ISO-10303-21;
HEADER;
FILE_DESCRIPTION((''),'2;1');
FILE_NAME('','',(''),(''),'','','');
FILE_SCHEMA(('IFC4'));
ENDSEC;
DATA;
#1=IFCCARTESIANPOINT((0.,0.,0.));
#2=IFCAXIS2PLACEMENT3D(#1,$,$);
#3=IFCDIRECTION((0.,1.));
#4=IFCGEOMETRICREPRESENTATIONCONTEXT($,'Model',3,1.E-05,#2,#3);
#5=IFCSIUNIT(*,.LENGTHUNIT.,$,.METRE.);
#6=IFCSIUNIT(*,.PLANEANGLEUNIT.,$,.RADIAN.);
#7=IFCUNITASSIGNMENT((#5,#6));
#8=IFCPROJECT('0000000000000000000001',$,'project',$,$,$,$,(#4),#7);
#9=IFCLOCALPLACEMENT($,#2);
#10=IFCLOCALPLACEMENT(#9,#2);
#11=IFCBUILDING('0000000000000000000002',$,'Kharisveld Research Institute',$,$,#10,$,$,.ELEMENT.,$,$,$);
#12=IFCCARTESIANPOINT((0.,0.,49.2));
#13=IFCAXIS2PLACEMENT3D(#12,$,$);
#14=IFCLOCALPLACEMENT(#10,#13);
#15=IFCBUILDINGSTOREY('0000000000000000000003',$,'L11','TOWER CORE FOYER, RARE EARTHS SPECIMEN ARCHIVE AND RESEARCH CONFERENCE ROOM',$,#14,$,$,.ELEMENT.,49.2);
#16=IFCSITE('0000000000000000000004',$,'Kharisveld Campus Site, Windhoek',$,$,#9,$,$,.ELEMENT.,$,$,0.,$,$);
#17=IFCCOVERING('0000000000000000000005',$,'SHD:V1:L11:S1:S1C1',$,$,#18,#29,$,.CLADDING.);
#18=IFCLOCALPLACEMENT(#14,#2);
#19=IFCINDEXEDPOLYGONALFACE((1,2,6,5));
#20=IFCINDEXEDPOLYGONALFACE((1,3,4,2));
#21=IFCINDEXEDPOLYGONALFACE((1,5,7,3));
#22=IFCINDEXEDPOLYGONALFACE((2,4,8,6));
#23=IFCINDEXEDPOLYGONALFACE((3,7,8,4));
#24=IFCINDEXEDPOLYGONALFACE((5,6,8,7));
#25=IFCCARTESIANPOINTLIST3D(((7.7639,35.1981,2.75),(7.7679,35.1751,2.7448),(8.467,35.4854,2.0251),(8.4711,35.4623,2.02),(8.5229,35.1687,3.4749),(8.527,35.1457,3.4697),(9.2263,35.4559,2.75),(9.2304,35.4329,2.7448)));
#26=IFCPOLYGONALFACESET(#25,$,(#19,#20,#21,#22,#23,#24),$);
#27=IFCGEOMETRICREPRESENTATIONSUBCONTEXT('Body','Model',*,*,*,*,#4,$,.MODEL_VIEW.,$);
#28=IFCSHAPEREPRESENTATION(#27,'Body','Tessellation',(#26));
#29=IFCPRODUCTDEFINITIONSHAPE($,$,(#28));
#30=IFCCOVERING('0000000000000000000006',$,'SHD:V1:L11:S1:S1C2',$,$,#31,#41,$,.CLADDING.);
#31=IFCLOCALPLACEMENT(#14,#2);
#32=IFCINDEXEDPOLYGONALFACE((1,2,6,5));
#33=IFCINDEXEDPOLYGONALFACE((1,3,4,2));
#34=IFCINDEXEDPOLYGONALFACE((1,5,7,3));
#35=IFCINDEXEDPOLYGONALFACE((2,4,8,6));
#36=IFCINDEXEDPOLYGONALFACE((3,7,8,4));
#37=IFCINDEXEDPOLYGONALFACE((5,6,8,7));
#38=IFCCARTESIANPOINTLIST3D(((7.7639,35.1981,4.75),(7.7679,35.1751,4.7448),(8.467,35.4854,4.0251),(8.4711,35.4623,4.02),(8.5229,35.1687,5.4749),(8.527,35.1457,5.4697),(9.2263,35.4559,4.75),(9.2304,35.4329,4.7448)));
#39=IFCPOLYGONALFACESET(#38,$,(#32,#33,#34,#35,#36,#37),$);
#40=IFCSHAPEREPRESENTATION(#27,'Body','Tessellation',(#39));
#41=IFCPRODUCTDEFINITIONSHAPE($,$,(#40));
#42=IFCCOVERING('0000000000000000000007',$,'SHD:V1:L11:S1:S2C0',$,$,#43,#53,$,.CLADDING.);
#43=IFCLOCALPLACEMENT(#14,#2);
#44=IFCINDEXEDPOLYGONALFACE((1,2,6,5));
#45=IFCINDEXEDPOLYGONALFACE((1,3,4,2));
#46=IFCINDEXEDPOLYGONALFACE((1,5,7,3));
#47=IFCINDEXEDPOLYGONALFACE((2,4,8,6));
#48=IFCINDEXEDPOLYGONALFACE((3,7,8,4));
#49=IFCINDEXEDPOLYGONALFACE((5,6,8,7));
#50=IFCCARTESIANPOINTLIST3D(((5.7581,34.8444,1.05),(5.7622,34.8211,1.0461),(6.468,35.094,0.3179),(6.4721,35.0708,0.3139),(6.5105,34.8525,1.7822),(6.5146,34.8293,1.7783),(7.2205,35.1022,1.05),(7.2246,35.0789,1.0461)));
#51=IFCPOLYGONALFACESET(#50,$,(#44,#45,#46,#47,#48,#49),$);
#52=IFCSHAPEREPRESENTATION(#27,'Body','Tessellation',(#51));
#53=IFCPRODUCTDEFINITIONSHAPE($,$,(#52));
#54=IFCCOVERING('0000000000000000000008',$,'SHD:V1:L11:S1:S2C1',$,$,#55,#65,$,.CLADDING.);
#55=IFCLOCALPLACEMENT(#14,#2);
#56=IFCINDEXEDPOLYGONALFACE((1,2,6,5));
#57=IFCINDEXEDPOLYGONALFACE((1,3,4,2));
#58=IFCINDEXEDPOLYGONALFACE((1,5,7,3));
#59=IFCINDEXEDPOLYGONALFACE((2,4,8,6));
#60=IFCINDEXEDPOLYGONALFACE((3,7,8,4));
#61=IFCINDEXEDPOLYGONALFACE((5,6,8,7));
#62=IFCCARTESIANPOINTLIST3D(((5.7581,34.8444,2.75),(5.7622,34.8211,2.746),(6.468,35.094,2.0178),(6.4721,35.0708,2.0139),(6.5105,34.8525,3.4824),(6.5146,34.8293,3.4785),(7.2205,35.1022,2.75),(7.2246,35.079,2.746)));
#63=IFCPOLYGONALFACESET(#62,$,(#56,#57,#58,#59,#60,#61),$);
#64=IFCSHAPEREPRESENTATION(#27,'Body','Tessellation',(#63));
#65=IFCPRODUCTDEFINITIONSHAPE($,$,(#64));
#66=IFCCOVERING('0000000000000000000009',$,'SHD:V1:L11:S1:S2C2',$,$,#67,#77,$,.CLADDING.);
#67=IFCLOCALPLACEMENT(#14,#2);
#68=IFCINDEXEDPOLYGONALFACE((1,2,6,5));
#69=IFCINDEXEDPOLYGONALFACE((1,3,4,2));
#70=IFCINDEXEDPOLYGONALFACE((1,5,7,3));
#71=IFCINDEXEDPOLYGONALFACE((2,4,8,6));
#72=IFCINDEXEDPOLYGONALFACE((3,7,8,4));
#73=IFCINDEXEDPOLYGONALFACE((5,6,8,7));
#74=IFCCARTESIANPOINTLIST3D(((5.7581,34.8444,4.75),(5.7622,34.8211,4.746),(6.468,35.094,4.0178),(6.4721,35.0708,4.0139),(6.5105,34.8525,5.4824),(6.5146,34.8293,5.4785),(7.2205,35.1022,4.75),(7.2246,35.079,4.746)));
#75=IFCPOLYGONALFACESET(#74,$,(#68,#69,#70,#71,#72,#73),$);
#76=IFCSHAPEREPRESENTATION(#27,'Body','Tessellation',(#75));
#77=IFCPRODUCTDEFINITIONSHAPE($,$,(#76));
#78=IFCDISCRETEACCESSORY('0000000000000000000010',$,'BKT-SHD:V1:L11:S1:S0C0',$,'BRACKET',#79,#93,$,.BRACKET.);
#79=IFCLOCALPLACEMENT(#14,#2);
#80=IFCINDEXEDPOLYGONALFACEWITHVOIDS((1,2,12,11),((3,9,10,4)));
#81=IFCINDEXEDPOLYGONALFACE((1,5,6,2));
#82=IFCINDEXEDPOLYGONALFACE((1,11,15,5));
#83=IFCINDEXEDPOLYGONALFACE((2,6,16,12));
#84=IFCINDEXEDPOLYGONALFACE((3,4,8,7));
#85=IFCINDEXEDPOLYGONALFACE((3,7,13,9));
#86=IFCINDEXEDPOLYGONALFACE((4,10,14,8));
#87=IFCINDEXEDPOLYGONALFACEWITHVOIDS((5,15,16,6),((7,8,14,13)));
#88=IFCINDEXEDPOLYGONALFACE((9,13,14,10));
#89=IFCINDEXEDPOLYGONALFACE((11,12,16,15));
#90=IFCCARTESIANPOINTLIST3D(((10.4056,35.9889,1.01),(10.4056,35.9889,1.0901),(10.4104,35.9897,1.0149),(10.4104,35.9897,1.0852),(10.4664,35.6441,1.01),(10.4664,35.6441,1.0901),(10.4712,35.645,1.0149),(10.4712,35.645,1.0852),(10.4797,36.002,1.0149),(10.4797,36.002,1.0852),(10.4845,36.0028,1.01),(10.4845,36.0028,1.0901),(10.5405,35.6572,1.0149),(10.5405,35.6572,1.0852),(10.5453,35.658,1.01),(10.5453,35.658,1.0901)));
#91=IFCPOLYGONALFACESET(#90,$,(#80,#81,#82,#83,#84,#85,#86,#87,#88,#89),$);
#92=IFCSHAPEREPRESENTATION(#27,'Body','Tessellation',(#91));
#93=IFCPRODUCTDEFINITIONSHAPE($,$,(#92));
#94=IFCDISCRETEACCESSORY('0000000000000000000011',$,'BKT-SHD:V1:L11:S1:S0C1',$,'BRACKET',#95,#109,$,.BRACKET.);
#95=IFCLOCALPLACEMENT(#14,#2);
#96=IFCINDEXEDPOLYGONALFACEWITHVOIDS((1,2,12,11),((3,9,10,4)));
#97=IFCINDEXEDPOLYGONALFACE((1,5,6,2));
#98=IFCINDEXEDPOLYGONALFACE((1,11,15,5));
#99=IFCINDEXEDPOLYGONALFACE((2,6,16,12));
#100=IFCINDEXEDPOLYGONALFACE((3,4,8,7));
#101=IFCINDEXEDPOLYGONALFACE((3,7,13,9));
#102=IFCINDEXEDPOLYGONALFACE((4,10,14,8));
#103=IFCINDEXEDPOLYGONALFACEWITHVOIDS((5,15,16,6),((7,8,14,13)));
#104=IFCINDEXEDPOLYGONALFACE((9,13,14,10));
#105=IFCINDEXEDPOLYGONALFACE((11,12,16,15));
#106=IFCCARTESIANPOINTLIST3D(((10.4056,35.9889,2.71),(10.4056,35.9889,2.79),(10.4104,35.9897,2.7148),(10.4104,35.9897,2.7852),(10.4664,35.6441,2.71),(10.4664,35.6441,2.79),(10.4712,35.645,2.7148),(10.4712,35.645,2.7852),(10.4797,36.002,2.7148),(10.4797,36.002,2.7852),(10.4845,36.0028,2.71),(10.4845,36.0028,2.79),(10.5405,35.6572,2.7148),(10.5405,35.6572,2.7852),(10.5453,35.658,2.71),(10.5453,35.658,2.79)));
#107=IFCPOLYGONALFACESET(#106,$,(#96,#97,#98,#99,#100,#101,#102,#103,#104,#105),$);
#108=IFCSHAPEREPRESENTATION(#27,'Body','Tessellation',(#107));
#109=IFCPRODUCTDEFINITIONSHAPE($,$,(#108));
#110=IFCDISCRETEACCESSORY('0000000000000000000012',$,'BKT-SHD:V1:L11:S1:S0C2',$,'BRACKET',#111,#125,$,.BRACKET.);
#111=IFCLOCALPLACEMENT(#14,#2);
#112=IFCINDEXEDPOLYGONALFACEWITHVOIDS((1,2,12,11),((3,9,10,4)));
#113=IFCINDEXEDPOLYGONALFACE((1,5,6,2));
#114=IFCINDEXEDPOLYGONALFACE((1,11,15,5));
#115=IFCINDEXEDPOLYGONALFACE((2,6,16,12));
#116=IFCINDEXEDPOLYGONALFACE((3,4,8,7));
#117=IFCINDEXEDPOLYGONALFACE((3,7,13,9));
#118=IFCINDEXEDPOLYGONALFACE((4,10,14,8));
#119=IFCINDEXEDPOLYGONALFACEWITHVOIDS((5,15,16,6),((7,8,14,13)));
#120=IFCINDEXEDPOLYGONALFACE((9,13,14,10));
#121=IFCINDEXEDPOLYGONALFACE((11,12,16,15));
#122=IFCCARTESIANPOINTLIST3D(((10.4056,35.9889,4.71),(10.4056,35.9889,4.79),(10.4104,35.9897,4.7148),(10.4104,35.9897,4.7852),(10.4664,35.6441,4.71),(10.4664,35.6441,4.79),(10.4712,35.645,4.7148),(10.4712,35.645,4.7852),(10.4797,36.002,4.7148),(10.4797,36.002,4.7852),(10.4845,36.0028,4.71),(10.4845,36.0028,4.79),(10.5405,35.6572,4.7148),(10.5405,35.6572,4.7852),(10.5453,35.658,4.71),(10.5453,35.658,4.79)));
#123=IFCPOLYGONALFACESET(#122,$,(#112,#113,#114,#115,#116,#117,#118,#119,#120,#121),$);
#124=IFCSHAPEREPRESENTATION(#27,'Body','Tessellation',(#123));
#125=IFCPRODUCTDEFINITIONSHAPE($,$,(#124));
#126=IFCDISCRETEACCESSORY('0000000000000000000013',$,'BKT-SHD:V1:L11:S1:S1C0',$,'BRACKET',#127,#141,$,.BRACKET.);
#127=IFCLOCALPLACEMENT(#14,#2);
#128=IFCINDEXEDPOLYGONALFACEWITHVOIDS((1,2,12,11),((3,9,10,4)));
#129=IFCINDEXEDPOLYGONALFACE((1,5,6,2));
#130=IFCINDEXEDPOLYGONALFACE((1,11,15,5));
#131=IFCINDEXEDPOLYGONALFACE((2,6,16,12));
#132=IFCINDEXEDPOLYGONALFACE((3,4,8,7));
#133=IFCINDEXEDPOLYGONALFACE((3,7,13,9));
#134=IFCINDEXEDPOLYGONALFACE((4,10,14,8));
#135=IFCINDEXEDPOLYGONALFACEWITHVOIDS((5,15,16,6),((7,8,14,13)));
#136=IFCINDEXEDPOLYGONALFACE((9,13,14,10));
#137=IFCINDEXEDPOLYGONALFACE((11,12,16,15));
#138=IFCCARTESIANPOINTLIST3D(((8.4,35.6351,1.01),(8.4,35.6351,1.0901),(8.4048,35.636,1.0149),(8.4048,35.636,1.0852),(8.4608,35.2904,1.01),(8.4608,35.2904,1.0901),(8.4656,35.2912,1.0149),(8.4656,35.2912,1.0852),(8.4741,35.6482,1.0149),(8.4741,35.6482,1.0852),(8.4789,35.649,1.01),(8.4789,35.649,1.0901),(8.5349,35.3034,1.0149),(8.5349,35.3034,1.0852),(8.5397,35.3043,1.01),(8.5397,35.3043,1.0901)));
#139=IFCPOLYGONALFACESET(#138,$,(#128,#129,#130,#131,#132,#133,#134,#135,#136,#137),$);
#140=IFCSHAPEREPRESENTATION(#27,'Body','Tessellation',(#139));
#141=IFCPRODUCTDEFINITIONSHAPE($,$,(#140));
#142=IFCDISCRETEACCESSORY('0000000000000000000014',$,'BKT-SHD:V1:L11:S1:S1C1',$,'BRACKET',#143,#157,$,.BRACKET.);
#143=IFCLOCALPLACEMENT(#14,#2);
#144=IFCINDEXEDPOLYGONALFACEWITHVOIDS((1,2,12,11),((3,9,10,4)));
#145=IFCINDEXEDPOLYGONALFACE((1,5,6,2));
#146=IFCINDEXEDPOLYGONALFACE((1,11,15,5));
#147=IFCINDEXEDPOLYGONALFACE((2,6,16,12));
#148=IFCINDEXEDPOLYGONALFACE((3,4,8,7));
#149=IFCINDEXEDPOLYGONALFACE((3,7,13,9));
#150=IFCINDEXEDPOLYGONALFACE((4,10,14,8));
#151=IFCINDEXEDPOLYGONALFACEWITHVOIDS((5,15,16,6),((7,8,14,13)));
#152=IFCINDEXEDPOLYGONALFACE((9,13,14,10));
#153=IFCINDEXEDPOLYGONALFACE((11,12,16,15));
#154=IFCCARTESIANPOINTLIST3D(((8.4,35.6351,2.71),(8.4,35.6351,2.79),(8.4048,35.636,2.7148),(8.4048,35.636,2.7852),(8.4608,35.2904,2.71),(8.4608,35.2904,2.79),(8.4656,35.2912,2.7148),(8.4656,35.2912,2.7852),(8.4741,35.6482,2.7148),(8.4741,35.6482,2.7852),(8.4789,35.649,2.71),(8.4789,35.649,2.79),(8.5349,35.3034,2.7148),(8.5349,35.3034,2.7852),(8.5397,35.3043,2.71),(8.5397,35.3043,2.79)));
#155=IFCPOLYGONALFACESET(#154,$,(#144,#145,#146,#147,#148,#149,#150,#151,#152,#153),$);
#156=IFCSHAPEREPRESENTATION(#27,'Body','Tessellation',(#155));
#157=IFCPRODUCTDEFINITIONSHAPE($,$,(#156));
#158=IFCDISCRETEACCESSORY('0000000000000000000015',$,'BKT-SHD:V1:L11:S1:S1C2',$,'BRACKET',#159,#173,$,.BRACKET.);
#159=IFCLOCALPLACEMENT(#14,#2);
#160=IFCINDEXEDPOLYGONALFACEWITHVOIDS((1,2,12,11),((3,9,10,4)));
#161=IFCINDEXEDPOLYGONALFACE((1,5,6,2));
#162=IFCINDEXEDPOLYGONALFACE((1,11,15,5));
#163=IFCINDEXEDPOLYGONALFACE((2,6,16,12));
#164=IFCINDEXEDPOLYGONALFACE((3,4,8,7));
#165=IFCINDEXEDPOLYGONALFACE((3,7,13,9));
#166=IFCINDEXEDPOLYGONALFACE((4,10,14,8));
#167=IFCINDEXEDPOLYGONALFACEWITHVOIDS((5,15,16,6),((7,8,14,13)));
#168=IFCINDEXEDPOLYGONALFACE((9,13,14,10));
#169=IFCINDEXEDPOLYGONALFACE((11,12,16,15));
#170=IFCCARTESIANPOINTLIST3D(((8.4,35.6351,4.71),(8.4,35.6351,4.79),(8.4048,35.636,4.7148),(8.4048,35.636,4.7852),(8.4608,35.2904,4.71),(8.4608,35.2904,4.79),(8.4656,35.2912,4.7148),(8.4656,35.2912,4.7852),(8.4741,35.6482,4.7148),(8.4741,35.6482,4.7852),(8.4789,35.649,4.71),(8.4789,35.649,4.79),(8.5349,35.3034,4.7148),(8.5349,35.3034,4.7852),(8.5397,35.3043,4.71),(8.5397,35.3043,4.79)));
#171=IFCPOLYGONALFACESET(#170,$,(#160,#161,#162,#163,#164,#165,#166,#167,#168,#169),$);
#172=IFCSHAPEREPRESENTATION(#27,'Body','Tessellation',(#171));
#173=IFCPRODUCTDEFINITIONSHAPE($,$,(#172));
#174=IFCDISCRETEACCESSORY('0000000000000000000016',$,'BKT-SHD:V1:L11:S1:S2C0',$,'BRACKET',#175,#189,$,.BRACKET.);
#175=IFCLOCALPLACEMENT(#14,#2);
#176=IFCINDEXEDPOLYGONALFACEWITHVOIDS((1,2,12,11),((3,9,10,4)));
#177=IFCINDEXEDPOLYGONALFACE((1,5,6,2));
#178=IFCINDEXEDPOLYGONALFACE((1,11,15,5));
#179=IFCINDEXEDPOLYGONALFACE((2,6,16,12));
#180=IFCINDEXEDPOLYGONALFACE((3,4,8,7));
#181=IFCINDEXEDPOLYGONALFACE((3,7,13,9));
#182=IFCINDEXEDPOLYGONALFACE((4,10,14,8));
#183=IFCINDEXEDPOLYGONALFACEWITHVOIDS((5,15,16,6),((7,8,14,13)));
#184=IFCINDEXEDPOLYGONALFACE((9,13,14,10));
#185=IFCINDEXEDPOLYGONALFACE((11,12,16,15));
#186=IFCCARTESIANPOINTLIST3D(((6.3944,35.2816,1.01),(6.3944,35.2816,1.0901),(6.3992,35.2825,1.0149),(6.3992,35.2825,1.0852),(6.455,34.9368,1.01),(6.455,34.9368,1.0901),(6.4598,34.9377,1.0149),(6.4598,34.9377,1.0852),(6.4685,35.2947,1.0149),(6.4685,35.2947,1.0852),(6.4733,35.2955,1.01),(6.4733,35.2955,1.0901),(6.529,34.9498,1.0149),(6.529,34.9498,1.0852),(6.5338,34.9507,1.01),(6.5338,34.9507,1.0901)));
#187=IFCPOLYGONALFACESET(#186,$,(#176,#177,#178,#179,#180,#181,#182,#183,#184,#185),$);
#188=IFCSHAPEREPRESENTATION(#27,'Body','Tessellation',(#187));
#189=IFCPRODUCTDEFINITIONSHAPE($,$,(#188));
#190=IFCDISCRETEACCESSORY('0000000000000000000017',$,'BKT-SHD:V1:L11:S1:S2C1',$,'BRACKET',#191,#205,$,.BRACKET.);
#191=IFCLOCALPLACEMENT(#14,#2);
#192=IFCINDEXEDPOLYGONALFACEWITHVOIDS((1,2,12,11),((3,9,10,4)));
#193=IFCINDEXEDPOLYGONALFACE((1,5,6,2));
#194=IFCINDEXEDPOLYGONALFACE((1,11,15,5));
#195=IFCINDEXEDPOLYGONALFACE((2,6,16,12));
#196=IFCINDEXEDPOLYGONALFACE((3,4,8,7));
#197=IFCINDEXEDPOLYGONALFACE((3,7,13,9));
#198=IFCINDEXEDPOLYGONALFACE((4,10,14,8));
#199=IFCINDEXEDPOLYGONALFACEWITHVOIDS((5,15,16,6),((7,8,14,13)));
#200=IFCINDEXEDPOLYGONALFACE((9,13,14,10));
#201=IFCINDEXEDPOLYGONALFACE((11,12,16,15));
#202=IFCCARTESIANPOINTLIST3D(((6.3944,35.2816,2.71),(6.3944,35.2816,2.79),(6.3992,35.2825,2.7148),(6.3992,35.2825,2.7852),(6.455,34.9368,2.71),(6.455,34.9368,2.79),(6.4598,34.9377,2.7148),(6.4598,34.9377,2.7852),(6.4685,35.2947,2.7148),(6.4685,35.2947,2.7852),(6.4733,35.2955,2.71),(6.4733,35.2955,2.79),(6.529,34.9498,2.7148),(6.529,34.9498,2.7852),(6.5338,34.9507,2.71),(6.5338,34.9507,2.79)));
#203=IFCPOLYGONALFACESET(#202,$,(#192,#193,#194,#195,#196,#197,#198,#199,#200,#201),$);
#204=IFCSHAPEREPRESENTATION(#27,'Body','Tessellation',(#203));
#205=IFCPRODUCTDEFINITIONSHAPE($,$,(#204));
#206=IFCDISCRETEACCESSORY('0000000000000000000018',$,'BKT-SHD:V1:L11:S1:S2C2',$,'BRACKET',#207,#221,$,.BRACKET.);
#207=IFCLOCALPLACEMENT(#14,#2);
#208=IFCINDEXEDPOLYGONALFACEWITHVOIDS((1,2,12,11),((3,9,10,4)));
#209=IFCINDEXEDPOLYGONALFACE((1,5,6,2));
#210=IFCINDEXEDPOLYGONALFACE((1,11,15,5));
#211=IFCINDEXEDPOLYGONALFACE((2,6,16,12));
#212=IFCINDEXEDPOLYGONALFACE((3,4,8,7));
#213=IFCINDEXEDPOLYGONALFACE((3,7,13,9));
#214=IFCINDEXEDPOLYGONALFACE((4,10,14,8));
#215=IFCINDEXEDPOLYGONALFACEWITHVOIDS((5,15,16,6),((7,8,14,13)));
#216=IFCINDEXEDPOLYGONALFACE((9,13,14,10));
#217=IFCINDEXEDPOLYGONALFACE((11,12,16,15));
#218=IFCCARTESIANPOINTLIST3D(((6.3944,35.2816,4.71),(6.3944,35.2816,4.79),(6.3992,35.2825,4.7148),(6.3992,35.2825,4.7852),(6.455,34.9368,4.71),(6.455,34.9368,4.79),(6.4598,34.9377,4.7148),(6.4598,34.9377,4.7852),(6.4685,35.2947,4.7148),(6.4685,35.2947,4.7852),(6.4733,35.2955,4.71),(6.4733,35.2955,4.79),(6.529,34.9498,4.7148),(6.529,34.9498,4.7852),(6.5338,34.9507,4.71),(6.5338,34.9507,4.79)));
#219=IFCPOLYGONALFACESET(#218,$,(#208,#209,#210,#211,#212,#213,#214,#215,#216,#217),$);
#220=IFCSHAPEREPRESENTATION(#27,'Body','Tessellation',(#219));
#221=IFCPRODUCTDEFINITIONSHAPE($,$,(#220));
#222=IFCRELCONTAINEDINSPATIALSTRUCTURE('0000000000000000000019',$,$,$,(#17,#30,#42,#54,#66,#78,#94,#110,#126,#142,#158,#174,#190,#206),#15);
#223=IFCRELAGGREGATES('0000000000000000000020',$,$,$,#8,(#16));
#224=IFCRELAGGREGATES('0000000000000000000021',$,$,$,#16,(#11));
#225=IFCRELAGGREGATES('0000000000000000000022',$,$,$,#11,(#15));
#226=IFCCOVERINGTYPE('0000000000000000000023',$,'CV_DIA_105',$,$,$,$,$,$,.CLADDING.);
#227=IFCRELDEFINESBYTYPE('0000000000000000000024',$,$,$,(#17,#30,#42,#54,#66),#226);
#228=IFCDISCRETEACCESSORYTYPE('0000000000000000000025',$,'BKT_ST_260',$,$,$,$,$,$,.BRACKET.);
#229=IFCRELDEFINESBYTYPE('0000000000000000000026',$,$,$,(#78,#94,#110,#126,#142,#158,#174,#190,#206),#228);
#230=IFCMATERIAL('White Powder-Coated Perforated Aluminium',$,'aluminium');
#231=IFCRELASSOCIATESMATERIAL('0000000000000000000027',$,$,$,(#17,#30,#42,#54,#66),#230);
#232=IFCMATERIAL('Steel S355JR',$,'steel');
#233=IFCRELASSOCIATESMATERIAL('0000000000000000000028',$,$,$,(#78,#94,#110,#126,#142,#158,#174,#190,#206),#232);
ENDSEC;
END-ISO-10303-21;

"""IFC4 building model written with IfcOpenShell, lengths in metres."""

from ifc_helpers import new_model, si_unit, direction, frame, origin, origin_2d, place, context, subcontext, project, spatial, polyline, hollow_rectangle, outline, extrude, material, type_object, element, save


model = new_model("IFC4")

# Units and contexts
model_context = context("Model", 3, precision=1e-05, world=origin(), true_north=direction((0.0, 1.0)))
body_context = subcontext(model_context, "Body", "Model", "MODEL_VIEW")
ifc_project = project(units=[si_unit("LENGTHUNIT", "METRE"), si_unit("PLANEANGLEUNIT", "RADIAN")], contexts=[model_context])

# Site, building, storey
site_placement = place(None, origin())
site = spatial("IfcSite", under=ifc_project, at=site_placement, Name="Kharisveld Campus Site, Windhoek", CompositionType="ELEMENT", RefElevation=0.0)
building_placement = place(site_placement, origin())
building = spatial("IfcBuilding", under=site, at=building_placement, Name="Kharisveld Research Institute", CompositionType="ELEMENT")
storey_placement = place(building_placement, frame((0.0, 0.0, 49.2)))
storey = spatial("IfcBuildingStorey", under=building, at=storey_placement, Name="L11", Description="TOWER CORE FOYER, RARE EARTHS SPECIMEN ARCHIVE AND RESEARCH CONFERENCE ROOM", CompositionType="ELEMENT", Elevation=49.2)

# Coverings
ifc_material_1 = material(Name="White Powder-Coated Perforated Aluminium", Category="aluminium")
covering_type = type_object("IfcCoveringType", Name="CV_DIA_105", PredefinedType="CLADDING")
for number, where, z_axis, x_axis, name in (
    (1, (8.467, 35.4854, 2.0251), (-0.169497, 0.961447, 0.21654), (-0.669705, -0.27356, 0.690406), "SHD:V1:L11:S1:S1C1"),
    (2, (8.467, 35.4854, 4.0251), (-0.169497, 0.961447, 0.21654), (-0.669705, -0.27356, 0.690406), "SHD:V1:L11:S1:S1C2"),
):
    element("IfcCovering", number, at=place(storey_placement, frame(where, z_axis=z_axis, x_axis=x_axis)), inside=storey, type_object=covering_type, material=ifc_material_1, Name=name, PredefinedType="CLADDING", context=body_context, shape_type="SweptSolid", body=[
        extrude(outline(polyline([(0.0, 0.0), (1.0499, 0.0), (1.0501, 1.05), (0.0, 1.0501), (0.0, 0.0)])), origin(), (0.0, 0.0, -1.0), 0.0239),
    ])
covering_1_placement = place(storey_placement, frame((6.468, 35.094, 0.3179), z_axis=(-0.171233, 0.971295, 0.165123), x_axis=(-0.676169, -0.237752, 0.69733)))
element("IfcCovering", 3, at=covering_1_placement, inside=storey, type_object=covering_type, material=ifc_material_1, Name="SHD:V1:L11:S1:S2C0", PredefinedType="CLADDING", context=body_context, shape_type="SweptSolid", body=[
    extrude(outline(polyline([(0.0, 0.0), (1.0499, 0.0), (1.0498, 1.0499), (-0.0002, 1.0499), (0.0, 0.0)])), origin(), (0.0, 0.0, -1.0), 0.0239),
])
for number, where, z_axis, x_axis, name in (
    (4, (6.468, 35.094, 2.0178), (-0.171234, 0.971299, 0.165096), (-0.676173, -0.237734, 0.697333), "SHD:V1:L11:S1:S2C1"),
    (5, (6.468, 35.094, 4.0178), (-0.171234, 0.971299, 0.165096), (-0.676173, -0.237734, 0.697333), "SHD:V1:L11:S1:S2C2"),
):
    element("IfcCovering", number, at=place(storey_placement, frame(where, z_axis=z_axis, x_axis=x_axis)), inside=storey, type_object=covering_type, material=ifc_material_1, Name=name, PredefinedType="CLADDING", context=body_context, shape_type="SweptSolid", body=[
        extrude(outline(polyline([(0.0, 0.0), (1.0499, 0.0), (1.05, 1.0501), (-0.0002, 1.0499), (0.0, 0.0)])), origin(), (0.0, 0.0, -1.0), 0.0239),
    ])

# Discrete accessories
ifc_material_2 = material(Name="Steel S355JR", Category="steel")
discrete_accessory_type = type_object("IfcDiscreteAccessoryType", Name="BKT_ST_260", PredefinedType="BRACKET")
for number, where, z_axis, x_axis, name in (
    (6, (10.4451, 35.9958, 1.05), (0.173666, -0.984805, 0.0), (0.984805, 0.173666, 0.0), "BKT-SHD:V1:L11:S1:S0C0"),
    (7, (10.4451, 35.9958, 2.75), (0.173666, -0.984805, 0.0), (0.984805, 0.173666, 0.0), "BKT-SHD:V1:L11:S1:S0C1"),
    (8, (10.4451, 35.9958, 4.75), (0.173666, -0.984805, 0.0), (0.984805, 0.173666, 0.0), "BKT-SHD:V1:L11:S1:S0C2"),
    (9, (8.4395, 35.6421, 1.05), (0.173666, -0.984805, 0.0), (0.984805, 0.173666, 0.0), "BKT-SHD:V1:L11:S1:S1C0"),
    (10, (8.4395, 35.6421, 2.75), (0.173666, -0.984805, 0.0), (0.984805, 0.173666, 0.0), "BKT-SHD:V1:L11:S1:S1C1"),
    (11, (8.4395, 35.6421, 4.75), (0.173666, -0.984805, 0.0), (0.984805, 0.173666, 0.0), "BKT-SHD:V1:L11:S1:S1C2"),
    (12, (6.4338, 35.2886, 1.05), (0.172989, -0.984924, 0.0), (0.984924, 0.172989, 0.0), "BKT-SHD:V1:L11:S1:S2C0"),
    (13, (6.4338, 35.2886, 2.75), (0.172989, -0.984924, 0.0), (0.984924, 0.172989, 0.0), "BKT-SHD:V1:L11:S1:S2C1"),
    (14, (6.4338, 35.2886, 4.75), (0.172989, -0.984924, 0.0), (0.984924, 0.172989, 0.0), "BKT-SHD:V1:L11:S1:S2C2"),
):
    element("IfcDiscreteAccessory", number, at=place(storey_placement, frame(where, z_axis=z_axis, x_axis=x_axis)), inside=storey, type_object=discrete_accessory_type, material=ifc_material_2, Name=name, ObjectType="BRACKET", PredefinedType="BRACKET", context=body_context, shape_type="SweptSolid", body=[
        extrude(hollow_rectangle(XDim=0.0801, YDim=0.0801, WallThickness=0.0049, at=origin_2d()), origin(), (0.0, 0.0, 1.0), 0.3501),
    ])

save(model, "model.ifc")
